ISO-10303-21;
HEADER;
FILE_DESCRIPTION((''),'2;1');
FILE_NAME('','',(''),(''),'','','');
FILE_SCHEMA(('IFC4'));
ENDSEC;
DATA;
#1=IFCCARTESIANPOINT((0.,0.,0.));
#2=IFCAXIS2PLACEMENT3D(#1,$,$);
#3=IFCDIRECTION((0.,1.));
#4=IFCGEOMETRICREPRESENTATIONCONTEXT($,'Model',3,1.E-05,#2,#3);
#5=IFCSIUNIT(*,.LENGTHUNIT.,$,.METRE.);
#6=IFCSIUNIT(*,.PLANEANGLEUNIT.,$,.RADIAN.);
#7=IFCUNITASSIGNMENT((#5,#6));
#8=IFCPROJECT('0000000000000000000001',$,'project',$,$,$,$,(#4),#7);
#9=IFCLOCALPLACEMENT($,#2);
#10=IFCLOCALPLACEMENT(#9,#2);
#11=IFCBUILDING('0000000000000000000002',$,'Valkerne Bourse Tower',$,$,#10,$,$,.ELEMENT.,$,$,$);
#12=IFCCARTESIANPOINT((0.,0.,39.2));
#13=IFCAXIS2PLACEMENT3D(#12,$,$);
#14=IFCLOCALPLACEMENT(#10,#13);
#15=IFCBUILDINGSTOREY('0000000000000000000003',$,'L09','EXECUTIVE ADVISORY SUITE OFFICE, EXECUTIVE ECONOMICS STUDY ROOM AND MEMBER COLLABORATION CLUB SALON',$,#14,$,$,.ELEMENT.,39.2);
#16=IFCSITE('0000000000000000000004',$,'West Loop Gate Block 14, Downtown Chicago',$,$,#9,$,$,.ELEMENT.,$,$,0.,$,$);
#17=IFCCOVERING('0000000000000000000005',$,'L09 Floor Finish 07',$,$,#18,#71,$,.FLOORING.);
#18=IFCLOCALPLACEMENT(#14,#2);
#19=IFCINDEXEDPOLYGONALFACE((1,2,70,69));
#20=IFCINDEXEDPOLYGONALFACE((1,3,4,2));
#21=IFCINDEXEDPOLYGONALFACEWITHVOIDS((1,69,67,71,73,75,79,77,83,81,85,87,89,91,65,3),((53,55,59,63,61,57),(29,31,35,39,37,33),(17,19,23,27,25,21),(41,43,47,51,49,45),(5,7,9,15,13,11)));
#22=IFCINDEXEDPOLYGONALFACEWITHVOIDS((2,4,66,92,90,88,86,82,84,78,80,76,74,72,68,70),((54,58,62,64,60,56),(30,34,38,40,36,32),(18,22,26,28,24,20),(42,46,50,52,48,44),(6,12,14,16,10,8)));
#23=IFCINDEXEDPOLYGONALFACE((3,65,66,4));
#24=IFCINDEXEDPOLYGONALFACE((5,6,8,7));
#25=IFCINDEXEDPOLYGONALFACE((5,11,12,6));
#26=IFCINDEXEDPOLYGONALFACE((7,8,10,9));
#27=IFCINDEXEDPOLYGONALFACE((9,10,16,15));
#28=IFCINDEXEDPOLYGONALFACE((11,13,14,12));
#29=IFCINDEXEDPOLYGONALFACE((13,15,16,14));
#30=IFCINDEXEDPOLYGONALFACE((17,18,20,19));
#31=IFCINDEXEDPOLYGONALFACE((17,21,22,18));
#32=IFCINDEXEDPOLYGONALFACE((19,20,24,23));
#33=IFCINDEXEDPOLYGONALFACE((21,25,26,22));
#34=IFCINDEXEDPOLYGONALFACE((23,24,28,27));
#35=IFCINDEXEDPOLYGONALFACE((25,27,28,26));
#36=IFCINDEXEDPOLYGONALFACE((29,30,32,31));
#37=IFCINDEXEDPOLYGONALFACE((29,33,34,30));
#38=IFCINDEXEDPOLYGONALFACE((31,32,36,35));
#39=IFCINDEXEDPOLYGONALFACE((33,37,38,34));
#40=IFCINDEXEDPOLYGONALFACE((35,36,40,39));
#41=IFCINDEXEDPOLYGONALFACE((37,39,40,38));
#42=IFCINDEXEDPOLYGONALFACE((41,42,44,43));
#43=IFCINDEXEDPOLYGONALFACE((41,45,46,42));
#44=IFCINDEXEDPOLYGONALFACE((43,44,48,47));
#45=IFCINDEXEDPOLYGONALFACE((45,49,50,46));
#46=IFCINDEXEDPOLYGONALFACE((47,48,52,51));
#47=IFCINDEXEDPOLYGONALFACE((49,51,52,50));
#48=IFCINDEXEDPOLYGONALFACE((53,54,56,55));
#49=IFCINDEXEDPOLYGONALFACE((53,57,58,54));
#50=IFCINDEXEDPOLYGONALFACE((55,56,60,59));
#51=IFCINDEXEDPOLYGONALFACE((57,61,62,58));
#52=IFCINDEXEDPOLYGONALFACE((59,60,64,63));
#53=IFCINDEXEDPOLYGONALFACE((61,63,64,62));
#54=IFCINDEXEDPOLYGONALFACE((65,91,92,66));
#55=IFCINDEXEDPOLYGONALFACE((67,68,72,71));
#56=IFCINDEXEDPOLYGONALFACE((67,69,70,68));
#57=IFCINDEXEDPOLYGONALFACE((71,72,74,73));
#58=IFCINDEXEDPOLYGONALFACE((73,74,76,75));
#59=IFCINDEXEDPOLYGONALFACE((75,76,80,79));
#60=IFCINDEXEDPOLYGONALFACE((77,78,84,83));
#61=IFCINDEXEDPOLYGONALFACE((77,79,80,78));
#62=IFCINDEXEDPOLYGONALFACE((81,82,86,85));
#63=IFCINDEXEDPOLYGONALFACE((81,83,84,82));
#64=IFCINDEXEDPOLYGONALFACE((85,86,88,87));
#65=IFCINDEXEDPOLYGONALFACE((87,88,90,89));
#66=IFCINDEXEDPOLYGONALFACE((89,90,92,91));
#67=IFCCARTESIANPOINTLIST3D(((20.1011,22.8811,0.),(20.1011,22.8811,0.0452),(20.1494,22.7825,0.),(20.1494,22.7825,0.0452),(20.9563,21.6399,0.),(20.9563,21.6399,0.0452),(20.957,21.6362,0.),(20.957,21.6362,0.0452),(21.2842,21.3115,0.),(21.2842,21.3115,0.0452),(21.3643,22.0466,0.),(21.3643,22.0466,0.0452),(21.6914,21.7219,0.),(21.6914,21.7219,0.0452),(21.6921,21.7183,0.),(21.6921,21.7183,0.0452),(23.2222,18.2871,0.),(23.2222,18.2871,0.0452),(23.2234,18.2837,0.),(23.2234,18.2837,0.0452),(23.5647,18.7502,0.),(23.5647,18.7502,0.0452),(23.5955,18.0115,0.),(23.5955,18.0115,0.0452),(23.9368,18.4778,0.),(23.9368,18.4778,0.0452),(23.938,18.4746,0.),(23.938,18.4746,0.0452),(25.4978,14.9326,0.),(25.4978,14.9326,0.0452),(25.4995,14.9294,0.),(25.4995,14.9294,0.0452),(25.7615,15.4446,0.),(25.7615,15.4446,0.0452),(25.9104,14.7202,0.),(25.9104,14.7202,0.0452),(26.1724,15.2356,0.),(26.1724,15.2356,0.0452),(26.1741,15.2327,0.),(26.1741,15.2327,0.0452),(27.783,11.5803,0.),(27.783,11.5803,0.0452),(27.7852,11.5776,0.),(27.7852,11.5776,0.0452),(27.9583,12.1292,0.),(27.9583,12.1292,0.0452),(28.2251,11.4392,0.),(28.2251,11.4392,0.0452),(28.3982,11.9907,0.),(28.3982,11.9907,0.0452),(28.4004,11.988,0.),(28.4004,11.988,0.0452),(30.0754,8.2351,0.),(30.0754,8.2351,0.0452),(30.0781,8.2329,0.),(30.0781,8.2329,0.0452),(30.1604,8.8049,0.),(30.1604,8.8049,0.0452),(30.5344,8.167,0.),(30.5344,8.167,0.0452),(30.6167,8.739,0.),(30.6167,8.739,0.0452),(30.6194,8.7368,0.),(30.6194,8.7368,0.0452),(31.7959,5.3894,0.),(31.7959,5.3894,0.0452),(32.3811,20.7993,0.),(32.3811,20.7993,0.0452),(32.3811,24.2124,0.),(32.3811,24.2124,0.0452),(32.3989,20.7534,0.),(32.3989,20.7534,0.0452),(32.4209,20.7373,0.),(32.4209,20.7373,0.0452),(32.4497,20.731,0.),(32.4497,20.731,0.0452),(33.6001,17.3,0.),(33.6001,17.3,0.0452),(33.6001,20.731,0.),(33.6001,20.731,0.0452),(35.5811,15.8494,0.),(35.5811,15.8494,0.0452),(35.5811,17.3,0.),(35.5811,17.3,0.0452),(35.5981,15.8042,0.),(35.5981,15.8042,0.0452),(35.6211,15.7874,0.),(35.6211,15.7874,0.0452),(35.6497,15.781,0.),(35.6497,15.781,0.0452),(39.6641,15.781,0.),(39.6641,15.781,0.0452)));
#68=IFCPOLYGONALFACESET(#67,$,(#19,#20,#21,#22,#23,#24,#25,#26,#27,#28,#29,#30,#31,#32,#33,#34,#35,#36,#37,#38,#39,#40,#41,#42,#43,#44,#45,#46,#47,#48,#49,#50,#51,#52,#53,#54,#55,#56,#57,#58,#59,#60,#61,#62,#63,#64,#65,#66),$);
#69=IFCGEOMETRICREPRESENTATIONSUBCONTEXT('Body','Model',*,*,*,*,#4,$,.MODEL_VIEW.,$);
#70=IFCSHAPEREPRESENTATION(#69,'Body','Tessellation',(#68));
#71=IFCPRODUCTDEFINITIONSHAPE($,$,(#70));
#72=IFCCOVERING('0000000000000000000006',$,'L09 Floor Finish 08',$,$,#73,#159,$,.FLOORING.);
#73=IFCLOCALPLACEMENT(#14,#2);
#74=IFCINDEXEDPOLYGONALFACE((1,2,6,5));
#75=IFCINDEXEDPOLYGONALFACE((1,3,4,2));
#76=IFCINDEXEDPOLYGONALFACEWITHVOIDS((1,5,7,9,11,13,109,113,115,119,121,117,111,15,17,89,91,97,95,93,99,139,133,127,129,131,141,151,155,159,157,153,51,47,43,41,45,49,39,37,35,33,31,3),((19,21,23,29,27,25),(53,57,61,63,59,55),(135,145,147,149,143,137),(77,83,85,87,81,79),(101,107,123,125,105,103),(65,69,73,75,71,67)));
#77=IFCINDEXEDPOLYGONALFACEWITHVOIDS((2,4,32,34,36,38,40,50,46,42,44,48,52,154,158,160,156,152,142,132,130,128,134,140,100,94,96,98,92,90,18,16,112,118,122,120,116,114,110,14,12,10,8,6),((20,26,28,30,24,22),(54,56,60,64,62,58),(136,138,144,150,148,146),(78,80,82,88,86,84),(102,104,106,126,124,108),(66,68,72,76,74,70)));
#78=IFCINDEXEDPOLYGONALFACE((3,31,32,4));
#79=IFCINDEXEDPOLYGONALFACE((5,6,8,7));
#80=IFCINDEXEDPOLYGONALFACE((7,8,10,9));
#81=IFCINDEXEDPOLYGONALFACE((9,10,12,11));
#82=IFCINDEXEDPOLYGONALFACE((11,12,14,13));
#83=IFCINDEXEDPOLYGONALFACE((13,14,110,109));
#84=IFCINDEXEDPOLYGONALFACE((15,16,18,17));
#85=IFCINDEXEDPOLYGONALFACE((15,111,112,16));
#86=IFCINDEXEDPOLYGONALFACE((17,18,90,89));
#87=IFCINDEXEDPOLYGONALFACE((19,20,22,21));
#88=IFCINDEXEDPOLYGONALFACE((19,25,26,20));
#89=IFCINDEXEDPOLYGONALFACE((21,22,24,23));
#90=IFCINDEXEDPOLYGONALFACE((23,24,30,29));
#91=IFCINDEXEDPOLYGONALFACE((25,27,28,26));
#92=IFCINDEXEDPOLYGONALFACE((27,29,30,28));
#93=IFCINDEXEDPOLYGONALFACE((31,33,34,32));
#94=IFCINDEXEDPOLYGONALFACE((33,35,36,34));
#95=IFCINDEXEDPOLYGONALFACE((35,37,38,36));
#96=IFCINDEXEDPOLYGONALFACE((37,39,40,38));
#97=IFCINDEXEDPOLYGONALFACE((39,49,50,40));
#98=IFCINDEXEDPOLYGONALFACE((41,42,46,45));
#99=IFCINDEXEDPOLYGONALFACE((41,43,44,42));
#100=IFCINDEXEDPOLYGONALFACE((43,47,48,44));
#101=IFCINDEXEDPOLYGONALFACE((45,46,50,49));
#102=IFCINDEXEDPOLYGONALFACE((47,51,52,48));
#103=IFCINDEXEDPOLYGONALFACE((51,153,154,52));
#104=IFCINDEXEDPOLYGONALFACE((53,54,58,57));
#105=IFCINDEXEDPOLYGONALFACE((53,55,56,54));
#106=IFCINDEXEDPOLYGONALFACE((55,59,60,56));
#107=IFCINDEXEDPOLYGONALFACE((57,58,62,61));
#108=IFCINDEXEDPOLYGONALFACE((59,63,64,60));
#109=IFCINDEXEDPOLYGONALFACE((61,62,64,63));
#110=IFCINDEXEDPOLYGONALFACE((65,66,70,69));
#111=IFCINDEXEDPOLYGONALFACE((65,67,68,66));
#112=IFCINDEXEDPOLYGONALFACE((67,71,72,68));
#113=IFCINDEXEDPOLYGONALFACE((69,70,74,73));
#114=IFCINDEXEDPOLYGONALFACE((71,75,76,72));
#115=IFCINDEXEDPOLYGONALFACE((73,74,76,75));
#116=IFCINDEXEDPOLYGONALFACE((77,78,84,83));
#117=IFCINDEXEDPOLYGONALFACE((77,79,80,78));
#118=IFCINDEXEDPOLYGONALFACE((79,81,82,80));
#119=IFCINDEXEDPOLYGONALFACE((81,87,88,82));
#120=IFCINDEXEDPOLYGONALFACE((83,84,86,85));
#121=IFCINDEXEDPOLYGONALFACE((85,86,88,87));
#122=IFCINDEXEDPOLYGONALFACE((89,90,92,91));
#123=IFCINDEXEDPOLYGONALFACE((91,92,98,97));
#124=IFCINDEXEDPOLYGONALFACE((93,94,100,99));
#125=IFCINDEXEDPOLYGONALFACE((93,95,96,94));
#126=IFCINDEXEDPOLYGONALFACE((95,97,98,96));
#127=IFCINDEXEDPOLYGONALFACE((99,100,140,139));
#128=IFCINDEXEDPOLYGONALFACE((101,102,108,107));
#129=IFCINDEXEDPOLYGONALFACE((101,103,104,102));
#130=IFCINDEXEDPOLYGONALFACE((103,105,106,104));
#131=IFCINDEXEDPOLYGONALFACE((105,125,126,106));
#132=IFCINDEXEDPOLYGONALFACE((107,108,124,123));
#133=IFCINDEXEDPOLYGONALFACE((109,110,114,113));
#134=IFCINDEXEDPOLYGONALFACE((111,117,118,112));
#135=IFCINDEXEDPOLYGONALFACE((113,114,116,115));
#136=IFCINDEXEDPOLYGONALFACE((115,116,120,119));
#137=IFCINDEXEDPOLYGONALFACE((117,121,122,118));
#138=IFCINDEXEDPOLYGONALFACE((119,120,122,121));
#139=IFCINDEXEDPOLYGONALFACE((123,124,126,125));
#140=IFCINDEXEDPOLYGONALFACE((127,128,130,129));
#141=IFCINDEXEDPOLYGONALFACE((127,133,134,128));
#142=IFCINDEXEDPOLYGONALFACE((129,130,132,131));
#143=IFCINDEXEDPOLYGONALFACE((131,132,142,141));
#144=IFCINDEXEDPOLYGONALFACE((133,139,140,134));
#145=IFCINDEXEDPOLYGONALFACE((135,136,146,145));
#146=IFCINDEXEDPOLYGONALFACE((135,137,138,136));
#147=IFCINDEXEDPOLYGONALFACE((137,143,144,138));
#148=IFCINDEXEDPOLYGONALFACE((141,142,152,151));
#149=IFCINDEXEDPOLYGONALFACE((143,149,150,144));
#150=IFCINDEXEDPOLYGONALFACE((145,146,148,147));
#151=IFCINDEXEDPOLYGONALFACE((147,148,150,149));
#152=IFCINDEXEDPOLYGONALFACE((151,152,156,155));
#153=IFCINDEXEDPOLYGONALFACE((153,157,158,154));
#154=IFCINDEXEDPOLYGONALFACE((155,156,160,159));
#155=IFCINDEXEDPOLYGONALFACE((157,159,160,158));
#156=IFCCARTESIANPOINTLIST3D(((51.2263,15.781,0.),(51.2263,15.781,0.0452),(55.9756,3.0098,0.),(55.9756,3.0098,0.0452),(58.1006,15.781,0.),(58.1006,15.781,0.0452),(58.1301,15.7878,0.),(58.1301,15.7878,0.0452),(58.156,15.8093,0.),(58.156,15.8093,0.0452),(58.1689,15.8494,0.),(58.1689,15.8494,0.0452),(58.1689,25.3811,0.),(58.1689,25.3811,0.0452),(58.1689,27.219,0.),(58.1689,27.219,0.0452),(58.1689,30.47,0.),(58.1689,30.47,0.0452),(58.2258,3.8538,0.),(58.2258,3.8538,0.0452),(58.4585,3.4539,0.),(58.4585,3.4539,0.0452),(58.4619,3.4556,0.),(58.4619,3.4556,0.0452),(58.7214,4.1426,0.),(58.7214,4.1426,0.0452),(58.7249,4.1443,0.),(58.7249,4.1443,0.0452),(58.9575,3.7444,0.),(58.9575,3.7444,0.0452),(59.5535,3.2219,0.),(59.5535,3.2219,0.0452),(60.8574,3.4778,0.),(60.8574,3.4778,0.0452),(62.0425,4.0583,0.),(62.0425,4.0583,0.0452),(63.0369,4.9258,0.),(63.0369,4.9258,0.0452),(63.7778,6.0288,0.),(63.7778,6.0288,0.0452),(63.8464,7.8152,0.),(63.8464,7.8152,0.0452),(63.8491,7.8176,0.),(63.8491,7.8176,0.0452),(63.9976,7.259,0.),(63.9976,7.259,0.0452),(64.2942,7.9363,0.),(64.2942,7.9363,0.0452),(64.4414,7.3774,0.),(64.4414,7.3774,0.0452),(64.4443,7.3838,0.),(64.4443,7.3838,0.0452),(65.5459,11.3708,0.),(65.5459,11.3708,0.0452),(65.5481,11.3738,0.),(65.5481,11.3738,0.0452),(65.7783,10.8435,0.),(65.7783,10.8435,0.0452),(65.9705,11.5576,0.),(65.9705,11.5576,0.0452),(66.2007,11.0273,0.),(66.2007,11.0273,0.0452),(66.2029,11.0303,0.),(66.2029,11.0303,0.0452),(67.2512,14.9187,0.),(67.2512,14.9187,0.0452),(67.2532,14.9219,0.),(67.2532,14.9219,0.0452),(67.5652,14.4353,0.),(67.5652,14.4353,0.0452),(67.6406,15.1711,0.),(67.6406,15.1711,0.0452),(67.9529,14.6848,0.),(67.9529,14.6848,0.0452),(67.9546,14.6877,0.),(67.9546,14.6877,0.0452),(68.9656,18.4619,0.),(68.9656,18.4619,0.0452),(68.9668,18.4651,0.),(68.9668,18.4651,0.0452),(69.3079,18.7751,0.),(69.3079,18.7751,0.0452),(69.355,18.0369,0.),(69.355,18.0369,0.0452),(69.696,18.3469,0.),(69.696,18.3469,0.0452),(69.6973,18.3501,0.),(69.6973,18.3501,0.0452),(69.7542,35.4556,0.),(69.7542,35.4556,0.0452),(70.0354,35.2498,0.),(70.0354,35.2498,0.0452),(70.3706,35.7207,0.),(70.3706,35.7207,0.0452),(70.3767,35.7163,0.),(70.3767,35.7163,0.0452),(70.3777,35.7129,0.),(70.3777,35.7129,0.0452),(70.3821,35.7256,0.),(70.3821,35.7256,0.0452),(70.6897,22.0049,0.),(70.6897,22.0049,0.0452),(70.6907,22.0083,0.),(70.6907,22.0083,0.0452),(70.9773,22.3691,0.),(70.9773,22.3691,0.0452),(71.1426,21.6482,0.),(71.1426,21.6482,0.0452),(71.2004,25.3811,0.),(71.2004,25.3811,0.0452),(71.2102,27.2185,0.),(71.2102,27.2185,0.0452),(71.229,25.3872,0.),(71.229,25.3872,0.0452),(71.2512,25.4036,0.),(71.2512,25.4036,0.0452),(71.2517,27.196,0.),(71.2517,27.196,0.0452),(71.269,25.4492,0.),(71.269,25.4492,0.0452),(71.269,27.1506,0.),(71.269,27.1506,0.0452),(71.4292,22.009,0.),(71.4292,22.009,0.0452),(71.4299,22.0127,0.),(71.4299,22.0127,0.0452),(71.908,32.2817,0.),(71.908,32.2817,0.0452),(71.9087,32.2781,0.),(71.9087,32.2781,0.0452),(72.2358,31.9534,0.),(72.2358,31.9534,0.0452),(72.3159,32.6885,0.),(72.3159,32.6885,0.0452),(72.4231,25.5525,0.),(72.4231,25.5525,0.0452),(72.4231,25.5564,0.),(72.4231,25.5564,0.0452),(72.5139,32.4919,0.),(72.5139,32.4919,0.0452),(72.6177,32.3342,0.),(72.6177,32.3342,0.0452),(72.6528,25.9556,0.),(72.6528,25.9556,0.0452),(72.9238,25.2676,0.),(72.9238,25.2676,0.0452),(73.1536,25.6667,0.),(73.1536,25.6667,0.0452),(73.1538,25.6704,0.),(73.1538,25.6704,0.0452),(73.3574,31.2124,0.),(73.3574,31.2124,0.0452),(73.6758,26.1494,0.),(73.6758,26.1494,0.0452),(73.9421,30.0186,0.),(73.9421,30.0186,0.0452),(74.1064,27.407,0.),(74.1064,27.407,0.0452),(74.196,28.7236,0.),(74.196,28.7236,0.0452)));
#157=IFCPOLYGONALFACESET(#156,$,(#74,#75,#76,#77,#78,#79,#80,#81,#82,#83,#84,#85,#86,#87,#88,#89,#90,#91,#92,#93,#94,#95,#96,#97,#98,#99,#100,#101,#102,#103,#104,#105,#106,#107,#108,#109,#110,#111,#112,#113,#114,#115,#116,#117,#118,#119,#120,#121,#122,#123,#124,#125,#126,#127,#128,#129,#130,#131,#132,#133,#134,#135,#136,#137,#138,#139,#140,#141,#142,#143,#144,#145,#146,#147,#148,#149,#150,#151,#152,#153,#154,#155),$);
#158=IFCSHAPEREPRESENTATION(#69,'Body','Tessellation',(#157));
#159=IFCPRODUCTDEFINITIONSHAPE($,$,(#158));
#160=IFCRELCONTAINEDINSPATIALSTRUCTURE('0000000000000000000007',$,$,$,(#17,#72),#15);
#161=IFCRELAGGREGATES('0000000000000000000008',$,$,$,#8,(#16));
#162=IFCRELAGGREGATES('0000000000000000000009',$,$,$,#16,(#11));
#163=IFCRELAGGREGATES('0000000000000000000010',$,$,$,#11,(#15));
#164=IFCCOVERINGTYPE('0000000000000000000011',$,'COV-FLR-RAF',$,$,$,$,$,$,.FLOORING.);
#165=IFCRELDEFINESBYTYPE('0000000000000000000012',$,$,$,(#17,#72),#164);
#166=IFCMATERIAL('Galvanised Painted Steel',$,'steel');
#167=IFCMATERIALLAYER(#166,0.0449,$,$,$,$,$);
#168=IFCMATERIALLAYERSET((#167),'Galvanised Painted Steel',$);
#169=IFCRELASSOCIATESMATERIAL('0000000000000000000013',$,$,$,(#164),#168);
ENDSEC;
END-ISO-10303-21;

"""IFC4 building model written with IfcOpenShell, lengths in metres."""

from ifc_helpers import new_model, si_unit, direction, frame, origin, place, context, subcontext, project, spatial, polyline, outline, extrude, material, layer, layer_set, type_object, element, save


model = new_model("IFC4")

# Units and contexts
model_context = context("Model", 3, precision=1e-05, world=origin(), true_north=direction((0.0, 1.0)))
body_context = subcontext(model_context, "Body", "Model", "MODEL_VIEW")
ifc_project = project(units=[si_unit("LENGTHUNIT", "METRE"), si_unit("PLANEANGLEUNIT", "RADIAN")], contexts=[model_context])

# Site, building, storey
site_placement = place(None, origin())
site = spatial("IfcSite", under=ifc_project, at=site_placement, Name="West Loop Gate Block 14, Downtown Chicago", CompositionType="ELEMENT", RefElevation=0.0)
building_placement = place(site_placement, origin())
building = spatial("IfcBuilding", under=site, at=building_placement, Name="Valkerne Bourse Tower", CompositionType="ELEMENT")
storey_placement = place(building_placement, frame((0.0, 0.0, 39.2)))
storey = spatial("IfcBuildingStorey", under=building, at=storey_placement, Name="L09", Description="EXECUTIVE ADVISORY SUITE OFFICE, EXECUTIVE ECONOMICS STUDY ROOM AND MEMBER COLLABORATION CLUB SALON", CompositionType="ELEMENT", Elevation=39.2)

# Coverings
ifc_material_1 = material(Name="Galvanised Painted Steel", Category="steel")
ifc_layer_1 = layer(ifc_material_1, 0.0449)
ifc_layer_set_1 = layer_set([ifc_layer_1], Name="Galvanised Painted Steel")
covering_type_1 = type_object("IfcCoveringType", Name="COV-FLR-RAF", PredefinedType="FLOORING", material=ifc_layer_set_1)
covering_1_placement = place(storey_placement, origin())
element("IfcCovering", 1, at=covering_1_placement, inside=storey, type_object=covering_type_1, Name="L09 Floor Finish 07", PredefinedType="FLOORING", context=body_context, shape_type="SweptSolid", body=[
    extrude(outline(polyline([(32.3811, 24.2124), (32.3811, 20.7993), (32.3989, 20.7534), (32.4209, 20.7373), (32.4497, 20.731), (33.6001, 20.731), (33.6001, 17.3), (35.5811, 17.3), (35.5811, 15.8494), (35.5981, 15.8042), (35.6211, 15.7874), (35.6497, 15.781), (39.6641, 15.781), (31.7959, 5.3894), (20.1494, 22.7825), (20.1011, 22.8811), (32.3811, 24.2124)]), holes=[polyline([(30.6167, 8.739), (30.1604, 8.8049), (30.0754, 8.2351), (30.0781, 8.2329), (30.5344, 8.167), (30.6194, 8.7368), (30.6167, 8.739)]), polyline([(28.4004, 11.988), (28.3982, 11.9907), (27.9583, 12.1292), (27.783, 11.5803), (27.7852, 11.5776), (28.2251, 11.4392), (28.4004, 11.988)]), polyline([(26.1741, 15.2327), (26.1724, 15.2356), (25.7615, 15.4446), (25.4978, 14.9326), (25.4995, 14.9294), (25.9104, 14.7202), (26.1741, 15.2327)]), polyline([(23.9368, 18.4778), (23.5647, 18.7502), (23.2222, 18.2871), (23.2234, 18.2837), (23.5955, 18.0115), (23.938, 18.4746), (23.9368, 18.4778)]), polyline([(21.6921, 21.7183), (21.6914, 21.7219), (21.3643, 22.0466), (20.9563, 21.6399), (20.957, 21.6362), (21.2842, 21.3115), (21.6921, 21.7183)])]), origin(), (0.0, 0.0, 1.0), 0.0452),
])
covering_2_placement = place(storey_placement, origin())
element("IfcCovering", 2, at=covering_2_placement, inside=storey, type_object=covering_type_1, Name="L09 Floor Finish 08", PredefinedType="FLOORING", context=body_context, shape_type="SweptSolid", body=[
    extrude(outline(polyline([(60.8574, 3.4778), (59.5535, 3.2219), (55.9756, 3.0098), (51.2263, 15.781), (58.1006, 15.781), (58.1301, 15.7878), (58.156, 15.8093), (58.1689, 15.8494), (58.1689, 25.3811), (71.2004, 25.3811), (71.229, 25.3872), (71.2512, 25.4036), (71.269, 25.4492), (71.269, 27.1506), (71.2517, 27.196), (71.2102, 27.2185), (58.1689, 27.219), (58.1689, 30.47), (69.7542, 35.4556), (70.0354, 35.2498), (70.3777, 35.7129), (70.3767, 35.7163), (70.3706, 35.7207), (70.3821, 35.7256), (72.5139, 32.4919), (72.3159, 32.6885), (71.908, 32.2817), (71.9087, 32.2781), (72.2358, 31.9534), (72.6177, 32.3342), (73.3574, 31.2124), (73.9421, 30.0186), (74.196, 28.7236), (74.1064, 27.407), (73.6758, 26.1494), (64.4443, 7.3838), (64.2942, 7.9363), (63.8491, 7.8176), (63.8464, 7.8152), (63.9976, 7.259), (64.4414, 7.3774), (63.7778, 6.0288), (63.0369, 4.9258), (62.0425, 4.0583), (60.8574, 3.4778)]), holes=[polyline([(58.9575, 3.7444), (58.7249, 4.1443), (58.7214, 4.1426), (58.2258, 3.8538), (58.4585, 3.4539), (58.4619, 3.4556), (58.9575, 3.7444)]), polyline([(66.2007, 11.0273), (66.2029, 11.0303), (65.9705, 11.5576), (65.5481, 11.3738), (65.5459, 11.3708), (65.7783, 10.8435), (66.2007, 11.0273)]), polyline([(67.9546, 14.6877), (67.6406, 15.1711), (67.2532, 14.9219), (67.2512, 14.9187), (67.5652, 14.4353), (67.9529, 14.6848), (67.9546, 14.6877)]), polyline([(69.696, 18.3469), (69.6973, 18.3501), (69.3079, 18.7751), (68.9668, 18.4651), (68.9656, 18.4619), (69.355, 18.0369), (69.696, 18.3469)]), polyline([(71.4292, 22.009), (71.4299, 22.0127), (70.9773, 22.3691), (70.6907, 22.0083), (70.6897, 22.0049), (71.1426, 21.6482), (71.4292, 22.009)]), polyline([(73.1538, 25.6704), (72.6528, 25.9556), (72.4231, 25.5564), (72.4231, 25.5525), (72.9238, 25.2676), (73.1536, 25.6667), (73.1538, 25.6704)])]), origin(), (0.0, 0.0, 1.0), 0.0452),
])

save(model, "model.ifc")
